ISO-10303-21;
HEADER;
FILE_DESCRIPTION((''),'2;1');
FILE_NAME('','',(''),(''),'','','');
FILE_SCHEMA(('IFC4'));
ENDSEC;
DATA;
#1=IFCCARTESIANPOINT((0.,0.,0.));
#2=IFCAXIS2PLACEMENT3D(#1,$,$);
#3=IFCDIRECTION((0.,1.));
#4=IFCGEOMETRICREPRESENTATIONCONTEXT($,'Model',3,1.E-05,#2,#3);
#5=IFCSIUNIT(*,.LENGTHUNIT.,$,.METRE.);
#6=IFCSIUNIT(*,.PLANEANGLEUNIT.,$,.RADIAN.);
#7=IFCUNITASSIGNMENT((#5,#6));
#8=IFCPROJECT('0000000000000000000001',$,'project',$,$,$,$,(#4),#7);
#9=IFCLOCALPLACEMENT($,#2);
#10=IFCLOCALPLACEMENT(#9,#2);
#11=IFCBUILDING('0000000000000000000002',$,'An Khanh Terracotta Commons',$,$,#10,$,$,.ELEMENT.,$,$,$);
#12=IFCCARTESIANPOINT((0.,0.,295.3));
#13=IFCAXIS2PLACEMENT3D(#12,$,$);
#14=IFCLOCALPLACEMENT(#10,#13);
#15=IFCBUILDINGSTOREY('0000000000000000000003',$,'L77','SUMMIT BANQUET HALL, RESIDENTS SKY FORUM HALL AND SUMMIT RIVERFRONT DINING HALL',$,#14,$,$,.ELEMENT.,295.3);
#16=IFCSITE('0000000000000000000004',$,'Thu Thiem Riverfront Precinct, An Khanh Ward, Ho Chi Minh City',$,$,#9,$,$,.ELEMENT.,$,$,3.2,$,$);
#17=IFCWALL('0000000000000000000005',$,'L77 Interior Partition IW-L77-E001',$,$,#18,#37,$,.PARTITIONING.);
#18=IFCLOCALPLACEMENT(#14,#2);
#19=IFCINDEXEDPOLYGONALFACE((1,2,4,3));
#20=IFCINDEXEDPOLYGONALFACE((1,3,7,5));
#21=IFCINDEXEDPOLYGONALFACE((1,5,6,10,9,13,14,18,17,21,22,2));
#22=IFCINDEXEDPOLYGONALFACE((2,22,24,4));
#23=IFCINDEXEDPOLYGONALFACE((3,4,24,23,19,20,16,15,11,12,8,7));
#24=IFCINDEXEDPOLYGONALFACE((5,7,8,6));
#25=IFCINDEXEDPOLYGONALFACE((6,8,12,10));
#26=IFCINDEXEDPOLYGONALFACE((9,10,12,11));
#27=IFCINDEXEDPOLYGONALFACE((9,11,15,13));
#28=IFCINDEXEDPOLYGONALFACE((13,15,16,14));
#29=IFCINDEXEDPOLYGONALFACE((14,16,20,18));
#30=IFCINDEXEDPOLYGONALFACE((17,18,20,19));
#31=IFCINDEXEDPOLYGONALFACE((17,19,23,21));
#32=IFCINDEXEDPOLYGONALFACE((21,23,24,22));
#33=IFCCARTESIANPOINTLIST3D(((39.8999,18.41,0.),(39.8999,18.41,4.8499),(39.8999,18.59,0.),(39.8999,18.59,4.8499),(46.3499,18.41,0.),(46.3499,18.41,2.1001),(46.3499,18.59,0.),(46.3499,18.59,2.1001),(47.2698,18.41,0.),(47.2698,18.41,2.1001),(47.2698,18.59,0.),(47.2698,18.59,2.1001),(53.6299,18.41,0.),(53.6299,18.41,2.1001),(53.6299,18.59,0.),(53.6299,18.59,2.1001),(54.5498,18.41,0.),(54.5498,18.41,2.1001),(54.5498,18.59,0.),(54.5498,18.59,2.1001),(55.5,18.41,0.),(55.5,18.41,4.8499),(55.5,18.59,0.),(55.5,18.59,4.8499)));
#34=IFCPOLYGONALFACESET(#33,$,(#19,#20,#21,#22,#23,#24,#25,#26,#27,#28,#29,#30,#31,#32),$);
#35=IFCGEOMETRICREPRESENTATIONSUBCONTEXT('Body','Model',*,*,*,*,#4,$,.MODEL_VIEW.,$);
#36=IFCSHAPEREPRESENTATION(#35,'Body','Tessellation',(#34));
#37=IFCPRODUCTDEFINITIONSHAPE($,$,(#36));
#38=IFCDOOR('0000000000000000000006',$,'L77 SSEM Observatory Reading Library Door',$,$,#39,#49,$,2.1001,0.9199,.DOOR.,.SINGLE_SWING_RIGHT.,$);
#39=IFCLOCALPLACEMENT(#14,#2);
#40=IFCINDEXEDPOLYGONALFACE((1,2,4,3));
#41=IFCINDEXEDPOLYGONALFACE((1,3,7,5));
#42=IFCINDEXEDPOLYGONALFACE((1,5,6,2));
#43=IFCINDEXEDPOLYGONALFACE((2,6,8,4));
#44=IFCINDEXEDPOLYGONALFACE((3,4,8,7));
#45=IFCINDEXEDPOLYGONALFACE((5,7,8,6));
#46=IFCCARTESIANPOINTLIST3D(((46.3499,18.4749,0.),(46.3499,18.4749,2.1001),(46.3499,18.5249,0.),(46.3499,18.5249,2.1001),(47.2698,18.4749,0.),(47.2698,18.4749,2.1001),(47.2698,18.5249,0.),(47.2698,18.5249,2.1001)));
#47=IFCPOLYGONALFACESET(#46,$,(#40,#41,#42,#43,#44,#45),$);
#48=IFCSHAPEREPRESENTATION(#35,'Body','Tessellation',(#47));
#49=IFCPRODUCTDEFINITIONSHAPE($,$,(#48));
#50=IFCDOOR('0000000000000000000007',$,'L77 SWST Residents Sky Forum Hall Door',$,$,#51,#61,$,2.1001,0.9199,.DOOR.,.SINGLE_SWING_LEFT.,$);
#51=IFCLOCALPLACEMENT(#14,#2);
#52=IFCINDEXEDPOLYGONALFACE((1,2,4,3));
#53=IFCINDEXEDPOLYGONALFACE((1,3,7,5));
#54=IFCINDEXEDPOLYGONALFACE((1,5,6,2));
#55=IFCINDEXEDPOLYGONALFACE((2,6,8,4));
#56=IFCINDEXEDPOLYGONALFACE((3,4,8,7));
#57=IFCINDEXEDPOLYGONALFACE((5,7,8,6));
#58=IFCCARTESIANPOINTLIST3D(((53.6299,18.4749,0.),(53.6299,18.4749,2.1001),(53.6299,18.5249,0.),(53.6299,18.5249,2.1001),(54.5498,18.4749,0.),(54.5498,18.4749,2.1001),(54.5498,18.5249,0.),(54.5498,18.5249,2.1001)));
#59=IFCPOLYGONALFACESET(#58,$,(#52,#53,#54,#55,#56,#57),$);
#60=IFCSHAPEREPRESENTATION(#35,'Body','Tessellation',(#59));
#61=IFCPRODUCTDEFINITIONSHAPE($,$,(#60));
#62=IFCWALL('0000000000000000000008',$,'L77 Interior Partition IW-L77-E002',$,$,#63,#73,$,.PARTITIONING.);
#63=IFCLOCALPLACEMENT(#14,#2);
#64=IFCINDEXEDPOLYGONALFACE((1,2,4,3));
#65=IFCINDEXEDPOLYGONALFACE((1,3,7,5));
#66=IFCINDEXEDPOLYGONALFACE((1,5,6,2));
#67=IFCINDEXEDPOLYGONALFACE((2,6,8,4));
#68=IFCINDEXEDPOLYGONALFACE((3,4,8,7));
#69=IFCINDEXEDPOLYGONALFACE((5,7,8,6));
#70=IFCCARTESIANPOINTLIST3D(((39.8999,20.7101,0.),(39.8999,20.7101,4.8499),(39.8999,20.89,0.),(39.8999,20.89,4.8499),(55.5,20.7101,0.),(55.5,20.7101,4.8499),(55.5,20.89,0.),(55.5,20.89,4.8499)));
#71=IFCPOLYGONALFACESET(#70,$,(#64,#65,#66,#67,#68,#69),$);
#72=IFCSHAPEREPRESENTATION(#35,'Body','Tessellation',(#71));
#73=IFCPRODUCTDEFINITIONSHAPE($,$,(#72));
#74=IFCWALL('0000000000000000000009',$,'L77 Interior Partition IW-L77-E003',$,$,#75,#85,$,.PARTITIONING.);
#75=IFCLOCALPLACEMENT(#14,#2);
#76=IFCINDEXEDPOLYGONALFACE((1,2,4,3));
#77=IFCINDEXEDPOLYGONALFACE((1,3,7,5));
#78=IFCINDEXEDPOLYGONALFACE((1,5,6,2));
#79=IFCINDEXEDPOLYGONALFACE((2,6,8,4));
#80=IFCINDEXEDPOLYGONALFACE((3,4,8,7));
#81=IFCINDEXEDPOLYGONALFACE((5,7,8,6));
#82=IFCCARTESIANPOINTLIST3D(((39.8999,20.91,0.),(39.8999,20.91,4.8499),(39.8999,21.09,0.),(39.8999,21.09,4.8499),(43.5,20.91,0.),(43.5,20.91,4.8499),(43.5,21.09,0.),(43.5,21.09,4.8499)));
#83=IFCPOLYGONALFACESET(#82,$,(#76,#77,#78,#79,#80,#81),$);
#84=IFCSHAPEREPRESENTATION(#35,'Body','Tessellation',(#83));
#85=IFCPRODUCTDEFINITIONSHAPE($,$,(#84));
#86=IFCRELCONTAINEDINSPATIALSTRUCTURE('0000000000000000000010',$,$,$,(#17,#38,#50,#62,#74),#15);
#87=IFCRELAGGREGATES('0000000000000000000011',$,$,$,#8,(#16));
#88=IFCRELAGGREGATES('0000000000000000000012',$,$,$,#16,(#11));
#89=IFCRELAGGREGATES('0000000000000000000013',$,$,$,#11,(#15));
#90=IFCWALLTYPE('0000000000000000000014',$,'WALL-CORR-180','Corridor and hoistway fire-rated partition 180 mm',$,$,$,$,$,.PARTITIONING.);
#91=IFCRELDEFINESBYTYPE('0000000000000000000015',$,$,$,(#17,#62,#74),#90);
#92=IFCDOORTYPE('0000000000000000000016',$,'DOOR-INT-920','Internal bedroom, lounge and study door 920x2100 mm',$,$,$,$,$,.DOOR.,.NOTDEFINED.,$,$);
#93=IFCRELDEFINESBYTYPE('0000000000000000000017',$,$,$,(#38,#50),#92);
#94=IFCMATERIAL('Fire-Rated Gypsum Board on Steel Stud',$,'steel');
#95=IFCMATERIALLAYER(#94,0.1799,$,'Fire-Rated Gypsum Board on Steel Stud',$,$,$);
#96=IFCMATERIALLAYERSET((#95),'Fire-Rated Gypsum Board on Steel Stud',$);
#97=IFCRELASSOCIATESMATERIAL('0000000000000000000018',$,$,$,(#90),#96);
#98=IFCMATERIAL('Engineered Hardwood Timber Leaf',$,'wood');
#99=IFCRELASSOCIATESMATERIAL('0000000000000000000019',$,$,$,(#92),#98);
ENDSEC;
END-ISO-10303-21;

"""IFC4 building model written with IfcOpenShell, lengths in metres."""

from ifc_helpers import new_model, si_unit, direction, frame, frame_2d, origin, place, context, subcontext, project, spatial, rectangle, extrude, material, layer, layer_set, type_object, element, fill, save


model = new_model("IFC4")

# Units and contexts
model_context = context("Model", 3, precision=1e-05, world=origin(), true_north=direction((0.0, 1.0)))
body_context = subcontext(model_context, "Body", "Model", "MODEL_VIEW")
ifc_project = project(units=[si_unit("LENGTHUNIT", "METRE"), si_unit("PLANEANGLEUNIT", "RADIAN")], contexts=[model_context])

# Site, building, storey
site_placement = place(None, origin())
site = spatial("IfcSite", under=ifc_project, at=site_placement, Name="Thu Thiem Riverfront Precinct, An Khanh Ward, Ho Chi Minh City", CompositionType="ELEMENT", RefElevation=3.2)
building_placement = place(site_placement, origin())
building = spatial("IfcBuilding", under=site, at=building_placement, Name="An Khanh Terracotta Commons", CompositionType="ELEMENT")
storey_placement = place(building_placement, frame((0.0, 0.0, 295.3)))
storey = spatial("IfcBuildingStorey", under=building, at=storey_placement, Name="L77", Description="SUMMIT BANQUET HALL, RESIDENTS SKY FORUM HALL AND SUMMIT RIVERFRONT DINING HALL", CompositionType="ELEMENT", Elevation=295.3)

# Shared definitions
ifc_material_1 = material(Name="Fire-Rated Gypsum Board on Steel Stud", Category="steel")
ifc_layer_1 = layer(ifc_material_1, 0.1799, Name="Fire-Rated Gypsum Board on Steel Stud")
ifc_layer_set_1 = layer_set([ifc_layer_1], Name="Fire-Rated Gypsum Board on Steel Stud")
wall_type_1 = type_object("IfcWallType", Name="WALL-CORR-180", Description="Corridor and hoistway fire-rated partition 180 mm", PredefinedType="PARTITIONING", material=ifc_layer_set_1)

# Wall, openings, doors
wall_1_placement = place(storey_placement, frame((39.8999, 18.5, 0.0), z_axis=(0.0, 0.0, 1.0), x_axis=(1.0, 0.0, 0.0)))
wall_1 = element("IfcWall", 1, at=wall_1_placement, inside=storey, type_object=wall_type_1, Name="L77 Interior Partition IW-L77-E001", PredefinedType="PARTITIONING", context=body_context, shape_type="SweptSolid", body=[
    extrude(rectangle(XDim=15.6001, YDim=0.1799, at=frame_2d((7.8, 0.0))), origin(), (0.0, 0.0, 1.0), 4.8499),
])
opening_1_placement = place(wall_1_placement, frame((6.45, 0.0, 0.0)))
opening_1 = element("IfcOpeningElement", 2, at=opening_1_placement, cuts=wall_1, PredefinedType="OPENING", context=body_context, shape_type="SweptSolid", body=[
    extrude(rectangle(XDim=0.9199, YDim=2.1001, at=frame_2d((0.46, 1.05))), frame((0.0, 0.0999, 0.0), z_axis=(0.0, -1.0, 0.0), x_axis=(1.0, 0.0, 0.0)), (0.0, 0.0, 1.0), 0.2),
])
opening_2_placement = place(wall_1_placement, frame((13.73, 0.0, 0.0)))
opening_2 = element("IfcOpeningElement", 3, at=opening_2_placement, cuts=wall_1, PredefinedType="OPENING", context=body_context, shape_type="SweptSolid", body=[
    extrude(rectangle(XDim=0.9199, YDim=2.1001, at=frame_2d((0.46, 1.05))), frame((0.0, 0.0999, 0.0), z_axis=(0.0, -1.0, 0.0), x_axis=(1.0, 0.0, 0.0)), (0.0, 0.0, 1.0), 0.2),
])
ifc_material_2 = material(Name="Engineered Hardwood Timber Leaf", Category="wood")
door_type_1 = type_object("IfcDoorType", Name="DOOR-INT-920", Description="Internal bedroom, lounge and study door 920x2100 mm", OperationType="NOTDEFINED", PredefinedType="DOOR", material=ifc_material_2)
door_1_placement = place(opening_1_placement, origin())
door_1 = element("IfcDoor", 4, at=door_1_placement, inside=storey, type_object=door_type_1, Name="L77 SSEM Observatory Reading Library Door", OperationType="SINGLE_SWING_RIGHT", OverallHeight=2.1001, OverallWidth=0.9199, PredefinedType="DOOR", context=body_context, shape_type="SweptSolid", body=[
    extrude(rectangle(XDim=0.9199, YDim=2.1001, at=frame_2d((0.46, 1.05))), frame((0.0, 0.0249, 0.0), z_axis=(0.0, -1.0, 0.0), x_axis=(1.0, 0.0, 0.0)), (0.0, 0.0, 1.0), 0.05),
])
fill(opening_1, door_1)
door_2_placement = place(opening_2_placement, origin())
door_2 = element("IfcDoor", 5, at=door_2_placement, inside=storey, type_object=door_type_1, Name="L77 SWST Residents Sky Forum Hall Door", OperationType="SINGLE_SWING_LEFT", OverallHeight=2.1001, OverallWidth=0.9199, PredefinedType="DOOR", context=body_context, shape_type="SweptSolid", body=[
    extrude(rectangle(XDim=0.9199, YDim=2.1001, at=frame_2d((0.46, 1.05))), frame((0.0, 0.0249, 0.0), z_axis=(0.0, -1.0, 0.0), x_axis=(1.0, 0.0, 0.0)), (0.0, 0.0, 1.0), 0.05),
])
fill(opening_2, door_2)

# Walls
wall_2_placement = place(storey_placement, frame((39.8999, 20.8, 0.0), z_axis=(0.0, 0.0, 1.0), x_axis=(1.0, 0.0, 0.0)))
element("IfcWall", 6, at=wall_2_placement, inside=storey, type_object=wall_type_1, Name="L77 Interior Partition IW-L77-E002", PredefinedType="PARTITIONING", context=body_context, shape_type="SweptSolid", body=[
    extrude(rectangle(XDim=15.6001, YDim=0.1799, at=frame_2d((7.8, 0.0))), origin(), (0.0, 0.0, 1.0), 4.8499),
])
wall_3_placement = place(storey_placement, frame((39.8999, 21.0, 0.0), z_axis=(0.0, 0.0, 1.0), x_axis=(1.0, 0.0, 0.0)))
element("IfcWall", 7, at=wall_3_placement, inside=storey, type_object=wall_type_1, Name="L77 Interior Partition IW-L77-E003", PredefinedType="PARTITIONING", context=body_context, shape_type="SweptSolid", body=[
    extrude(rectangle(XDim=3.6001, YDim=0.1799, at=frame_2d((1.8, 0.0))), origin(), (0.0, 0.0, 1.0), 4.8499),
])

save(model, "model.ifc")
